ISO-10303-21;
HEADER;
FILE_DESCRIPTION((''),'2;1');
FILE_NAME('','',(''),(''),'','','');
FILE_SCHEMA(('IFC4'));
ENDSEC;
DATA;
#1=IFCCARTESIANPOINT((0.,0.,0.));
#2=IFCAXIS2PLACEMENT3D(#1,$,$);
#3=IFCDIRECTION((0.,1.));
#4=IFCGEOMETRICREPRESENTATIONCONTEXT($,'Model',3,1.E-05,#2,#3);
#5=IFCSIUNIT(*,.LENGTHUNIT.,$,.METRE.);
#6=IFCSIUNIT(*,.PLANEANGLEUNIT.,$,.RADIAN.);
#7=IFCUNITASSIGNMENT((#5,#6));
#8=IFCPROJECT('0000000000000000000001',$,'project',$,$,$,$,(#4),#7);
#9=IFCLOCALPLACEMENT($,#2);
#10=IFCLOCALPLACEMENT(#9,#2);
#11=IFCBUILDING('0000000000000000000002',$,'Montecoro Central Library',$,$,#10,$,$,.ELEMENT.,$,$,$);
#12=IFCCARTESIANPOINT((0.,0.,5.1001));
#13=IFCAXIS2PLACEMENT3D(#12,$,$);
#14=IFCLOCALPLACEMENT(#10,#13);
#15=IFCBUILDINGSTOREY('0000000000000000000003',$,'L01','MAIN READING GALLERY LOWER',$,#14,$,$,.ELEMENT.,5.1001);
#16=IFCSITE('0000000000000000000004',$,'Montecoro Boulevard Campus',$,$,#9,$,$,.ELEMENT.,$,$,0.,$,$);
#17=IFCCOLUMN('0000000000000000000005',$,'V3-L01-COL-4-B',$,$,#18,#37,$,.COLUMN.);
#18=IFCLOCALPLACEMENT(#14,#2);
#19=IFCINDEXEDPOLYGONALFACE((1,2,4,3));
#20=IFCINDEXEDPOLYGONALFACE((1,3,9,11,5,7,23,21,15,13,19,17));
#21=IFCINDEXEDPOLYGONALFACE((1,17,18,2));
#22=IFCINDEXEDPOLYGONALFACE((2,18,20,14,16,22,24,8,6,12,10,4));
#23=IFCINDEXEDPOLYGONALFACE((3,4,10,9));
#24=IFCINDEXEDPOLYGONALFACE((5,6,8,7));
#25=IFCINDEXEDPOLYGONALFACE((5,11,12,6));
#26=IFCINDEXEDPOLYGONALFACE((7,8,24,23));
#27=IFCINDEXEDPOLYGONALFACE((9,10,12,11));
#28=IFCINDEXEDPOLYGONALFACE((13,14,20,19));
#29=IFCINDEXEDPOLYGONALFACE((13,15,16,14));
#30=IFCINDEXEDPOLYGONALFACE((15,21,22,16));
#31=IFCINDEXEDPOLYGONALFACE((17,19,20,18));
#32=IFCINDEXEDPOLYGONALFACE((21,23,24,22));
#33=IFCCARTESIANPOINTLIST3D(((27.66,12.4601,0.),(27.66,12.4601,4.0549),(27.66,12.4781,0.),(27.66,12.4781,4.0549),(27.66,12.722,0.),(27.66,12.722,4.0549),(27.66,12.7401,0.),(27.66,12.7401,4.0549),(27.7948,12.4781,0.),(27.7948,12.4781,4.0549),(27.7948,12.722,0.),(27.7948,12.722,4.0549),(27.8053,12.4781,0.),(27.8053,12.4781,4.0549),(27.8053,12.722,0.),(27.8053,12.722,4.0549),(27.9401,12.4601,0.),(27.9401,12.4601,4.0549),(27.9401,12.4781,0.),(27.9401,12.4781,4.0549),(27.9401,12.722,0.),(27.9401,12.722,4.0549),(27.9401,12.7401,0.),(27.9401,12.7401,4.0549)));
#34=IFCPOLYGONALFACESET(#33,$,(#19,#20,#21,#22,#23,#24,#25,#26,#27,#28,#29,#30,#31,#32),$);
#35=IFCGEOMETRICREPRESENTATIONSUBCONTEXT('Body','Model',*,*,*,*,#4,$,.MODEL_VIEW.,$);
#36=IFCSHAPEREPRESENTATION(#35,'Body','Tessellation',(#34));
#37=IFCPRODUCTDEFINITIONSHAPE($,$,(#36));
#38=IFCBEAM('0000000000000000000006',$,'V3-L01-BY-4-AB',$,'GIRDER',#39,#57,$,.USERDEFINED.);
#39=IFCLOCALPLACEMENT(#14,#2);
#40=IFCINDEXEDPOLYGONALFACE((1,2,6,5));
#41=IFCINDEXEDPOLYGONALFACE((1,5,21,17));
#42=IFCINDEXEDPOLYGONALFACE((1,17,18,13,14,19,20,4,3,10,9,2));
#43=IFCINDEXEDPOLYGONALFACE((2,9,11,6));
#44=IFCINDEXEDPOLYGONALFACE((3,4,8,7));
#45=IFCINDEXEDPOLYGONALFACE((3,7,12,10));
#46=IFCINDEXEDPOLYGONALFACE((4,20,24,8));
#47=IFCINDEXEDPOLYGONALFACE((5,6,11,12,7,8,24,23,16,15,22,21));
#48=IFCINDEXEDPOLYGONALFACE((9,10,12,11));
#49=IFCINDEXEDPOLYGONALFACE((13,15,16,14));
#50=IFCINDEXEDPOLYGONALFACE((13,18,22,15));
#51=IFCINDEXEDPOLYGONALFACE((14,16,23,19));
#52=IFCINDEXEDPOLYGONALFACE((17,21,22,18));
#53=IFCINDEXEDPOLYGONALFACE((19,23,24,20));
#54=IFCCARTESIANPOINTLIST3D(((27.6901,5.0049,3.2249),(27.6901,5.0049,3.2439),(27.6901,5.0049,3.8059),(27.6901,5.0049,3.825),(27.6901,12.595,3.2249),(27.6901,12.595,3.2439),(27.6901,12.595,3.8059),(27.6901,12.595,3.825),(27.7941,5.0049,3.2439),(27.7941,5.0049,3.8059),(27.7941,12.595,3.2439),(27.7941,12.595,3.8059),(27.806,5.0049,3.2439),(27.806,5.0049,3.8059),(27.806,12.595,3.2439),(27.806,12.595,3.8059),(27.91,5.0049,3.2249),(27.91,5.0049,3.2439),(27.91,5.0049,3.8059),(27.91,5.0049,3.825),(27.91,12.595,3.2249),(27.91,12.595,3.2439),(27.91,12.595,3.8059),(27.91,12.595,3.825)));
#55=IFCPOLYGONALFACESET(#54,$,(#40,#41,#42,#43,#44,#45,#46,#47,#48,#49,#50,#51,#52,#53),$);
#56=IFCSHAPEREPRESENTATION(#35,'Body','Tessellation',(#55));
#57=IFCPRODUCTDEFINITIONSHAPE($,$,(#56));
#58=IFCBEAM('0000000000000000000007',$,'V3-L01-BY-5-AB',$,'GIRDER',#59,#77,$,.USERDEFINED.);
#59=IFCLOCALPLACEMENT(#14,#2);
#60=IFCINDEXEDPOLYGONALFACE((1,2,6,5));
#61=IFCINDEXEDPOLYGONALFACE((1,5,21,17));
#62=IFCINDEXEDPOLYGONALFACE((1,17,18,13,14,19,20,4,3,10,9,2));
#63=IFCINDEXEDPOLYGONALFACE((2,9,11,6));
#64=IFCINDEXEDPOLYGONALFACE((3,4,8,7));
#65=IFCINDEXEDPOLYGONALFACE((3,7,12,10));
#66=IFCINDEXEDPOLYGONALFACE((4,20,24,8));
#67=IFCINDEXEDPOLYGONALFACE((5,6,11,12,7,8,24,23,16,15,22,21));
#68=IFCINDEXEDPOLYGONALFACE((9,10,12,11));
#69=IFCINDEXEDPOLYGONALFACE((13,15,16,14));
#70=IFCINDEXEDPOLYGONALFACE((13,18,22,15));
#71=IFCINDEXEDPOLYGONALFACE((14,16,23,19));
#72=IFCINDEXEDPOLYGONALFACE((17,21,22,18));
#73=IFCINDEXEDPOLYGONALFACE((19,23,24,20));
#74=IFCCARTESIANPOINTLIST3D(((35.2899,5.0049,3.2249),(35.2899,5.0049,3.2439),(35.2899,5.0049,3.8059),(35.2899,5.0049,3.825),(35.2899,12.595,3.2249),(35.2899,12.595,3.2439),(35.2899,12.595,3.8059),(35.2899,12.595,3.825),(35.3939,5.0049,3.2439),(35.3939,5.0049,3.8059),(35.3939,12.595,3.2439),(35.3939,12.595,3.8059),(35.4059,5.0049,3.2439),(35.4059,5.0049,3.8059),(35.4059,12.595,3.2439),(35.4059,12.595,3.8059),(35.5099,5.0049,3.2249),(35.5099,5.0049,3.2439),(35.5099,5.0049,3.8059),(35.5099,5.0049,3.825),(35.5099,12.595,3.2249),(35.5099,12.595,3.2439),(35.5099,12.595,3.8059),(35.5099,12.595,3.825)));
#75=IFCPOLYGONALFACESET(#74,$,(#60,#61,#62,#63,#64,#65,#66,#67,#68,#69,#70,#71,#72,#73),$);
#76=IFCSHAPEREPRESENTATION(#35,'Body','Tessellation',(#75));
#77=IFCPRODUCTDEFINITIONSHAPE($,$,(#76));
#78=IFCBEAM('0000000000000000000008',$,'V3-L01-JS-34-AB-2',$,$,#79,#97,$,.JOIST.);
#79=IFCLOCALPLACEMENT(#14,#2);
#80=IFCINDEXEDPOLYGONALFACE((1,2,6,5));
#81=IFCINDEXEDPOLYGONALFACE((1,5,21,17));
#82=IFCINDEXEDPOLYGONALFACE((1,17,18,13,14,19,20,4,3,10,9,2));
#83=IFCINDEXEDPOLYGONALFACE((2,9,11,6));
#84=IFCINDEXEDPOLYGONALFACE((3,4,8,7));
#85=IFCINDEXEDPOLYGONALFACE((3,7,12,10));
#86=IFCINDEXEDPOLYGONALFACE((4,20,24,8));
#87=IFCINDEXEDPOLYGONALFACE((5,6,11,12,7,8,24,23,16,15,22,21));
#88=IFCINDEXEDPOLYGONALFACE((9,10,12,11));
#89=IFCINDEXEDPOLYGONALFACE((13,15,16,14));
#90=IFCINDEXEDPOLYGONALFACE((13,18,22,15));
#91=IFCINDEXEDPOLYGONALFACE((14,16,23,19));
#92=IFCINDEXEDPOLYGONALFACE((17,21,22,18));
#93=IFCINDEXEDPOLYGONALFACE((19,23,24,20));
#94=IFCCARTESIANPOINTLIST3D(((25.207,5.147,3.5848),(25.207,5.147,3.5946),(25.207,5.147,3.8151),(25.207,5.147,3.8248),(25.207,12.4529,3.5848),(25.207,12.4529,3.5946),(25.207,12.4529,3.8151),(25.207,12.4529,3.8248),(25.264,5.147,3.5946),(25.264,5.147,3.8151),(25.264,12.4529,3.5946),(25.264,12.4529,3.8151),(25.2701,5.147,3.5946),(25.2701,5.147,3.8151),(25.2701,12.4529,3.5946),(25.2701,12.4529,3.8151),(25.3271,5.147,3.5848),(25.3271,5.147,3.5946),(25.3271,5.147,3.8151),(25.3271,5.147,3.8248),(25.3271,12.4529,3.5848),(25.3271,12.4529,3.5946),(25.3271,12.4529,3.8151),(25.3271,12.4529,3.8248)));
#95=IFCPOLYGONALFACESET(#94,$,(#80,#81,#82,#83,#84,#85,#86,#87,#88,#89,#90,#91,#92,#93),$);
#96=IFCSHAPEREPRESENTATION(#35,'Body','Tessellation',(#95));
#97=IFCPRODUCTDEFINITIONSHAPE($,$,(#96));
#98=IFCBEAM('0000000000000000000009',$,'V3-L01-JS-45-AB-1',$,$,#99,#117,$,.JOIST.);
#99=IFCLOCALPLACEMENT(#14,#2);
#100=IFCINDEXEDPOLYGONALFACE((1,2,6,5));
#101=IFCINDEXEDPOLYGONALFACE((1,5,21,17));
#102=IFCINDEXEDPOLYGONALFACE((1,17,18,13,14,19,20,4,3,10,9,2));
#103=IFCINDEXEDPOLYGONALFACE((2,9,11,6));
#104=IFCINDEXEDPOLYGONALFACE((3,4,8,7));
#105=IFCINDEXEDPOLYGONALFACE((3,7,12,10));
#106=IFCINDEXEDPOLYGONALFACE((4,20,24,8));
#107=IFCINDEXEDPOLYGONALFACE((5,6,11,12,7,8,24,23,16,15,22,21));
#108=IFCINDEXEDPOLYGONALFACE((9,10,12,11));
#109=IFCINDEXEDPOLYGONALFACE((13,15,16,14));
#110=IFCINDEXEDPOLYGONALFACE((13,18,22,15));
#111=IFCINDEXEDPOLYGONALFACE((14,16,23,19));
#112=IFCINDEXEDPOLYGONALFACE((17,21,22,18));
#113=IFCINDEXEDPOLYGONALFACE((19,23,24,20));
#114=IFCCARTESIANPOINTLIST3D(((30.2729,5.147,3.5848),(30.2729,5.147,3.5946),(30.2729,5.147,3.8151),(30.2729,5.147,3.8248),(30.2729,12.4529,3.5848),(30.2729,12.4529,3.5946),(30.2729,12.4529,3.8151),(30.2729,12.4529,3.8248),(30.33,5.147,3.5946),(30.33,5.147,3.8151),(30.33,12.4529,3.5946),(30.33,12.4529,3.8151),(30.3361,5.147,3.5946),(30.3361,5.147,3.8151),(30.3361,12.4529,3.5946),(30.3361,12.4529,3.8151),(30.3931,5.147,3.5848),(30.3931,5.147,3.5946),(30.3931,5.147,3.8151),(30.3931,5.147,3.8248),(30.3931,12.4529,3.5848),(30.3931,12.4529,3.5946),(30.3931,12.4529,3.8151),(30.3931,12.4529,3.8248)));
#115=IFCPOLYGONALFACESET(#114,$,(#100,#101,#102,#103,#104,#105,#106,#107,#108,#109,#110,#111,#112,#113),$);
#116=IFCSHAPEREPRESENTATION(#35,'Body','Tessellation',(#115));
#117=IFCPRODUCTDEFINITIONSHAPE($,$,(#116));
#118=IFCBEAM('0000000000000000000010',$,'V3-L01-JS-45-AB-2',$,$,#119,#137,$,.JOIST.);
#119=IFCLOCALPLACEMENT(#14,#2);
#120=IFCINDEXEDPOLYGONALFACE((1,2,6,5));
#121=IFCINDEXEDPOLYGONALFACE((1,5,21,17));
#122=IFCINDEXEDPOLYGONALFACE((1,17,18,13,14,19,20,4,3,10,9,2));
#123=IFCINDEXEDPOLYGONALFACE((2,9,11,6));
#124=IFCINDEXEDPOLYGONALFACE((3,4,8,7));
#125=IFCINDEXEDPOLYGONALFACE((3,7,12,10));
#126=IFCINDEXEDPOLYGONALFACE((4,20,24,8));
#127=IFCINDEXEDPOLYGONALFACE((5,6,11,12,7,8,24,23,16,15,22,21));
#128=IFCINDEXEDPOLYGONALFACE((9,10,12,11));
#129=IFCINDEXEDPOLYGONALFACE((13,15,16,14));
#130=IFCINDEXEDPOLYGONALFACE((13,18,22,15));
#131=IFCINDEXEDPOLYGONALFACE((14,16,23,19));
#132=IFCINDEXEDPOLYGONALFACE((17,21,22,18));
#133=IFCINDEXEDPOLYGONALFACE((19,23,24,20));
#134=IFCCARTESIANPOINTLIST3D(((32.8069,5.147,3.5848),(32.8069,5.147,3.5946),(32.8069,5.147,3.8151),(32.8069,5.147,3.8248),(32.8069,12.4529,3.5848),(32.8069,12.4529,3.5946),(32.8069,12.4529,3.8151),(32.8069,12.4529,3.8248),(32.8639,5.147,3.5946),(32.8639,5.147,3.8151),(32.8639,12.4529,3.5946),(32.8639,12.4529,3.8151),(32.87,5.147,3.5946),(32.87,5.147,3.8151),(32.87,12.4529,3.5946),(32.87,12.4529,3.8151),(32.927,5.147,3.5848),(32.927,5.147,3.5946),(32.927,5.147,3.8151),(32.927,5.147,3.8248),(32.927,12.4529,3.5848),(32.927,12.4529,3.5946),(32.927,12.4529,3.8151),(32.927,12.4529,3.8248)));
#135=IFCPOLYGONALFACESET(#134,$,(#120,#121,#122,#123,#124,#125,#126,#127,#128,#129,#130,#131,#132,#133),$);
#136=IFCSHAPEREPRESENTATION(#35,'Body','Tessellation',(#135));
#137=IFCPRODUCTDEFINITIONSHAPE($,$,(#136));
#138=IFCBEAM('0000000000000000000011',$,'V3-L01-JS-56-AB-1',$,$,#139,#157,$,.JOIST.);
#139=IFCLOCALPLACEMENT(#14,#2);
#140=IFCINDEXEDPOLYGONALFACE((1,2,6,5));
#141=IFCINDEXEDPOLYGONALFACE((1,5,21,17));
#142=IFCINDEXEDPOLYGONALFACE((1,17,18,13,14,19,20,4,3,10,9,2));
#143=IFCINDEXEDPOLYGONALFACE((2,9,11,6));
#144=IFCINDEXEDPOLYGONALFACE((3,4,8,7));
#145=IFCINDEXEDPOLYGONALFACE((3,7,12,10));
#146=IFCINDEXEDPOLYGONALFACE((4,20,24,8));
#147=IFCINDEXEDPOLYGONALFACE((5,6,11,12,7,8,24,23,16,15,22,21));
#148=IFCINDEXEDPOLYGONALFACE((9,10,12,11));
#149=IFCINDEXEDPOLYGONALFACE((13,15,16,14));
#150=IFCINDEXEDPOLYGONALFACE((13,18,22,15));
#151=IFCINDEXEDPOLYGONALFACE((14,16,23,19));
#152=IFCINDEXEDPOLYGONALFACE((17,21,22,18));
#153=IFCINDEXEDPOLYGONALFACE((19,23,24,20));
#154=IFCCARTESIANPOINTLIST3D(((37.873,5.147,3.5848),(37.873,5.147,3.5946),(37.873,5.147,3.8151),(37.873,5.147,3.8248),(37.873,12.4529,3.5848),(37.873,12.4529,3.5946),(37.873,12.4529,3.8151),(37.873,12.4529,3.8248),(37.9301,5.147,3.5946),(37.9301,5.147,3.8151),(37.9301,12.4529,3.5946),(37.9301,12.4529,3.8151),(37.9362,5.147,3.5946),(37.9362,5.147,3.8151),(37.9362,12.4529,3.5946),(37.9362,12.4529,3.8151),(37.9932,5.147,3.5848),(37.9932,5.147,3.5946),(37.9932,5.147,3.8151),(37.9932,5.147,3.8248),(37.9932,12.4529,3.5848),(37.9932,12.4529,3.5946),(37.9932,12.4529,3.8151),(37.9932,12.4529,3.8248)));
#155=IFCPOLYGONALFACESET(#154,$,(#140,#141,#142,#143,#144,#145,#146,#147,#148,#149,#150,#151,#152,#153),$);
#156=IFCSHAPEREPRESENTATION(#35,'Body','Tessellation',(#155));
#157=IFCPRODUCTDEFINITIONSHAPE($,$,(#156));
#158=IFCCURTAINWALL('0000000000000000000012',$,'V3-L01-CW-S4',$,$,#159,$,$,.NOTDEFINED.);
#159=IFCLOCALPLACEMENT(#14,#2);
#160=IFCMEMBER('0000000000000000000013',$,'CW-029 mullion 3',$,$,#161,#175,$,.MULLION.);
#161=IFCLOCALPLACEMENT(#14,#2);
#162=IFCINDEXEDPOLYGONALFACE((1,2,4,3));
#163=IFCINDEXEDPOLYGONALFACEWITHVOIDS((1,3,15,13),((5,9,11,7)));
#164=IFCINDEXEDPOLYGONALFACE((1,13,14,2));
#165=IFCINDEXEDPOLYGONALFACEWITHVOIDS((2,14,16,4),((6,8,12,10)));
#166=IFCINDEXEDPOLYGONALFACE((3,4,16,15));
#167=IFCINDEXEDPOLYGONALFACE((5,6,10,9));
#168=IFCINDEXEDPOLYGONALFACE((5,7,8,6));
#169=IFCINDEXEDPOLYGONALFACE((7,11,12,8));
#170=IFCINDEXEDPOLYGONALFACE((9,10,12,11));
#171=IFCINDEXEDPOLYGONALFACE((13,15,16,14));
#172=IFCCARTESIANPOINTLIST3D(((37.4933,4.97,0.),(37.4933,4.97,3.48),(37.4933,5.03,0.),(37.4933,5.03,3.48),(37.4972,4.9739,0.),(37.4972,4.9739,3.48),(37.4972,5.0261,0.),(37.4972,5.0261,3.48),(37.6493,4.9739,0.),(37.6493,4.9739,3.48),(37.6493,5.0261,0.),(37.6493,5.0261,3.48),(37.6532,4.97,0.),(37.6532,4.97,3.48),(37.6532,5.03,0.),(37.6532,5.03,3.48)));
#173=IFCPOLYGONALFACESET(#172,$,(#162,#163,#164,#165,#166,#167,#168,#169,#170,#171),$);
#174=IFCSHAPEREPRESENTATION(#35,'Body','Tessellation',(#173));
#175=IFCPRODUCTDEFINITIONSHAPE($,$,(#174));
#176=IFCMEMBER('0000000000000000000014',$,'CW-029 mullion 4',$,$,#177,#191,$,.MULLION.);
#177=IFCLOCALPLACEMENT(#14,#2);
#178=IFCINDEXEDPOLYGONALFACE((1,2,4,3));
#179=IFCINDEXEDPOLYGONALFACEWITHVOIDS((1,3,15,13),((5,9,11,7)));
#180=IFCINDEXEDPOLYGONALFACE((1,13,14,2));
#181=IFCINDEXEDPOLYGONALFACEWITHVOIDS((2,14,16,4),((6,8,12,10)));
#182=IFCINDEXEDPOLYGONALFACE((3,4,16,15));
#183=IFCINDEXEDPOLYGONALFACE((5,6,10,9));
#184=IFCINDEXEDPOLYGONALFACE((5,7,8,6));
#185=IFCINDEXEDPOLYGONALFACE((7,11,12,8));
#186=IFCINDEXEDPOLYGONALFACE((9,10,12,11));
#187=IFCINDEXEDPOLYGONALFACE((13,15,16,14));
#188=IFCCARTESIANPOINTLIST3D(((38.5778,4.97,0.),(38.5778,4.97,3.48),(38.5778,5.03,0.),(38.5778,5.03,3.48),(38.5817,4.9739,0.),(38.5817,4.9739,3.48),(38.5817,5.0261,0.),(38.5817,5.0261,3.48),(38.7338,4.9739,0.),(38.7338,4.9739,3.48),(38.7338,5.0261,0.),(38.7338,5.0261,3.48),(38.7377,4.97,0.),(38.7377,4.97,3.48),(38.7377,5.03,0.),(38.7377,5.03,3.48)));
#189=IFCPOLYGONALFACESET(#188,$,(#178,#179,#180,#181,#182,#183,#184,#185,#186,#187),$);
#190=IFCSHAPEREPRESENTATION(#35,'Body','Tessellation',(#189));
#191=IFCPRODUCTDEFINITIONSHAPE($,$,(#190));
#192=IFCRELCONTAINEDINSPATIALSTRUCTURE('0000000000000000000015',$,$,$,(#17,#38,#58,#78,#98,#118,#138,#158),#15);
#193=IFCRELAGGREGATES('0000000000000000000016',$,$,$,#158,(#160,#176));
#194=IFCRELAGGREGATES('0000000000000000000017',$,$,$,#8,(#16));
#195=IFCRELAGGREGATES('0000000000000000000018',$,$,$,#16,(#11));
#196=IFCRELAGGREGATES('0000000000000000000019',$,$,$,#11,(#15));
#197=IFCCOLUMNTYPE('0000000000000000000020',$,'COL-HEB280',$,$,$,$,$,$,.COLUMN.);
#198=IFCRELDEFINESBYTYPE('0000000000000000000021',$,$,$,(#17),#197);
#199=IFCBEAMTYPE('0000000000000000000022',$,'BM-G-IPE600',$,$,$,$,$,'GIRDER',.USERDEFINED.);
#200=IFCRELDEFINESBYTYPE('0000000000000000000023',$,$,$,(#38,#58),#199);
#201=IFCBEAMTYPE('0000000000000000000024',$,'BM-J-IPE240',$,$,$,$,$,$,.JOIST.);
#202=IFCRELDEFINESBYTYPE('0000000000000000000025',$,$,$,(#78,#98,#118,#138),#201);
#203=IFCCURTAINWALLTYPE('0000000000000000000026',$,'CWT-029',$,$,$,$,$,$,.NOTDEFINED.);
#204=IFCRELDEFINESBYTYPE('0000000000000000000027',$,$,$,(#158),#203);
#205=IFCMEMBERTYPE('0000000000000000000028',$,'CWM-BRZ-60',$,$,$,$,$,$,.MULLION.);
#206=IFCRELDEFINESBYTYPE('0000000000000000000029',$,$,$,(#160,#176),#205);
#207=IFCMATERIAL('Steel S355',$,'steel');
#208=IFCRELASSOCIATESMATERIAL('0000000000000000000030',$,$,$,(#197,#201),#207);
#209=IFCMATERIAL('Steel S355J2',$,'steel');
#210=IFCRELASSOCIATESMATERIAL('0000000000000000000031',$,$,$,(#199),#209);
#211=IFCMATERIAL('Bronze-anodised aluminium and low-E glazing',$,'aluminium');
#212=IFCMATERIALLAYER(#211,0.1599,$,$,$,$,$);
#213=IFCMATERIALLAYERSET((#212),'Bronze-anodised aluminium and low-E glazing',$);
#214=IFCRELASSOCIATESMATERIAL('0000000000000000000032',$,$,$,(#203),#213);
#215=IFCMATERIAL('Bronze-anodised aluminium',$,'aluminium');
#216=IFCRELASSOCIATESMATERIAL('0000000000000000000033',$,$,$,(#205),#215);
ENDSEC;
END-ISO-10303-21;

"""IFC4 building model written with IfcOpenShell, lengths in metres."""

from ifc_helpers import new_model, si_unit, direction, frame, origin, origin_2d, place, context, subcontext, project, spatial, hollow_rectangle, i_section, extrude, material, layer, layer_set, material_profile, profile_set, type_object, element, aggregate, save


model = new_model("IFC4")

# Units and contexts
model_context = context("Model", 3, precision=1e-05, world=origin(), true_north=direction((0.0, 1.0)))
body_context = subcontext(model_context, "Body", "Model", "MODEL_VIEW")
ifc_project = project(units=[si_unit("LENGTHUNIT", "METRE"), si_unit("PLANEANGLEUNIT", "RADIAN")], contexts=[model_context])

# Site, building, storey
site_placement = place(None, origin())
site = spatial("IfcSite", under=ifc_project, at=site_placement, Name="Montecoro Boulevard Campus", CompositionType="ELEMENT", RefElevation=0.0)
building_placement = place(site_placement, origin())
building = spatial("IfcBuilding", under=site, at=building_placement, Name="Montecoro Central Library", CompositionType="ELEMENT")
storey_placement = place(building_placement, frame((0.0, 0.0, 5.1001)))
storey = spatial("IfcBuildingStorey", under=building, at=storey_placement, Name="L01", Description="MAIN READING GALLERY LOWER", CompositionType="ELEMENT", Elevation=5.1001)

# Column
ifc_material_1 = material(Name="Steel S355", Category="steel")
ifc_material_profile_1 = material_profile(ifc_material_1, i_section(OverallWidth=0.28, OverallDepth=0.28, WebThickness=0.0105, FlangeThickness=0.0181, at=origin_2d()), Name="HEB 280")
ifc_profile_set_1 = profile_set([ifc_material_profile_1], Name="Steel S355")
column_type = type_object("IfcColumnType", Name="COL-HEB280", PredefinedType="COLUMN", material=ifc_profile_set_1)
column_placement = place(storey_placement, frame((27.8, 12.6001, 0.0), z_axis=(0.0, 0.0, 1.0), x_axis=(1.0, 0.0, 0.0)))
element("IfcColumn", 1, at=column_placement, inside=storey, type_object=column_type, Name="V3-L01-COL-4-B", PredefinedType="COLUMN", context=body_context, shape_type="SweptSolid", body=[
    extrude(i_section(OverallWidth=0.28, OverallDepth=0.28, WebThickness=0.0105, FlangeThickness=0.0181, at=origin_2d()), origin(), (0.0, 0.0, 1.0), 4.0549),
])

# Beams
ifc_material_2 = material(Name="Steel S355J2", Category="steel")
ifc_material_profile_2 = material_profile(ifc_material_2, i_section(OverallWidth=0.22, OverallDepth=0.6001, WebThickness=0.012, FlangeThickness=0.019, at=origin_2d()), Name="IPE 600")
ifc_profile_set_2 = profile_set([ifc_material_profile_2], Name="Steel S355J2")
beam_type_1 = type_object("IfcBeamType", Name="BM-G-IPE600", ElementType="GIRDER", PredefinedType="USERDEFINED", material=ifc_profile_set_2)
for number, where, z_axis, x_axis, name in (
    (2, (27.8, 5.0049, 3.5249), (0.0, 1.0, 0.0), (-1.0, 0.0, 0.0), "V3-L01-BY-4-AB"),
    (3, (35.3999, 5.0049, 3.5249), (0.0, 1.0, 0.0), (-1.0, 0.0, 0.0), "V3-L01-BY-5-AB"),
):
    element("IfcBeam", number, at=place(storey_placement, frame(where, z_axis=z_axis, x_axis=x_axis)), inside=storey, type_object=beam_type_1, Name=name, ObjectType="GIRDER", PredefinedType="USERDEFINED", context=body_context, shape_type="SweptSolid", body=[
        extrude(i_section(OverallWidth=0.22, OverallDepth=0.6001, WebThickness=0.012, FlangeThickness=0.019, at=origin_2d()), origin(), (0.0, 0.0, 1.0), 7.5901),
    ])
ifc_material_profile_3 = material_profile(ifc_material_1, i_section(OverallWidth=0.1201, OverallDepth=0.24, WebThickness=0.0061, FlangeThickness=0.0098, at=origin_2d()), Name="IPE 240")
ifc_profile_set_3 = profile_set([ifc_material_profile_3], Name="Steel S355")
beam_type_2 = type_object("IfcBeamType", Name="BM-J-IPE240", PredefinedType="JOIST", material=ifc_profile_set_3)
for number, where, z_axis, x_axis, name in (
    (4, (25.2671, 5.147, 3.7048), (0.0, 1.0, 0.0), (-1.0, 0.0, 0.0), "V3-L01-JS-34-AB-2"),
    (5, (30.333, 5.147, 3.7048), (0.0, 1.0, 0.0), (-1.0, 0.0, 0.0), "V3-L01-JS-45-AB-1"),
    (6, (32.8669, 5.147, 3.7048), (0.0, 1.0, 0.0), (-1.0, 0.0, 0.0), "V3-L01-JS-45-AB-2"),
    (7, (37.9331, 5.147, 3.7048), (0.0, 1.0, 0.0), (-1.0, 0.0, 0.0), "V3-L01-JS-56-AB-1"),
):
    element("IfcBeam", number, at=place(storey_placement, frame(where, z_axis=z_axis, x_axis=x_axis)), inside=storey, type_object=beam_type_2, Name=name, PredefinedType="JOIST", context=body_context, shape_type="SweptSolid", body=[
        extrude(i_section(OverallWidth=0.1201, OverallDepth=0.24, WebThickness=0.0061, FlangeThickness=0.0098, at=origin_2d()), origin(), (0.0, 0.0, 1.0), 7.3059),
    ])

# Curtain wall, members
ifc_material_3 = material(Name="Bronze-anodised aluminium and low-E glazing", Category="aluminium")
ifc_layer_1 = layer(ifc_material_3, 0.1599)
ifc_layer_set_1 = layer_set([ifc_layer_1], Name="Bronze-anodised aluminium and low-E glazing")
curtain_wall_type = type_object("IfcCurtainWallType", Name="CWT-029", PredefinedType="NOTDEFINED", material=ifc_layer_set_1)
curtain_wall_placement = place(storey_placement, origin())
curtain_wall = element("IfcCurtainWall", 8, at=curtain_wall_placement, inside=storey, type_object=curtain_wall_type, Name="V3-L01-CW-S4", PredefinedType="NOTDEFINED")
ifc_material_4 = material(Name="Bronze-anodised aluminium", Category="aluminium")
ifc_material_profile_4 = material_profile(ifc_material_4, hollow_rectangle(XDim=0.0601, YDim=0.1599, WallThickness=0.0039, at=origin_2d()), Name="CWM 160x60x4.0")
ifc_profile_set_4 = profile_set([ifc_material_profile_4], Name="Bronze-anodised aluminium")
member_type_1 = type_object("IfcMemberType", Name="CWM-BRZ-60", PredefinedType="MULLION", material=ifc_profile_set_4)
member_1_placement = place(storey_placement, frame((37.5732, 5.0, 0.0), z_axis=(0.0, 0.0, 1.0), x_axis=(0.0, 1.0, 0.0)))
member_1 = element("IfcMember", 9, at=member_1_placement, type_object=member_type_1, Name="CW-029 mullion 3", PredefinedType="MULLION", context=body_context, shape_type="SweptSolid", body=[
    extrude(hollow_rectangle(XDim=0.0601, YDim=0.1599, WallThickness=0.0039, at=origin_2d()), origin(), (0.0, 0.0, 1.0), 3.48),
])
member_2_placement = place(storey_placement, frame((38.6577, 5.0, 0.0), z_axis=(0.0, 0.0, 1.0), x_axis=(0.0, 1.0, 0.0)))
member_2 = element("IfcMember", 10, at=member_2_placement, type_object=member_type_1, Name="CW-029 mullion 4", PredefinedType="MULLION", context=body_context, shape_type="SweptSolid", body=[
    extrude(hollow_rectangle(XDim=0.0601, YDim=0.1599, WallThickness=0.0039, at=origin_2d()), origin(), (0.0, 0.0, 1.0), 3.48),
])
aggregate(curtain_wall, [member_1, member_2])

save(model, "model.ifc")
